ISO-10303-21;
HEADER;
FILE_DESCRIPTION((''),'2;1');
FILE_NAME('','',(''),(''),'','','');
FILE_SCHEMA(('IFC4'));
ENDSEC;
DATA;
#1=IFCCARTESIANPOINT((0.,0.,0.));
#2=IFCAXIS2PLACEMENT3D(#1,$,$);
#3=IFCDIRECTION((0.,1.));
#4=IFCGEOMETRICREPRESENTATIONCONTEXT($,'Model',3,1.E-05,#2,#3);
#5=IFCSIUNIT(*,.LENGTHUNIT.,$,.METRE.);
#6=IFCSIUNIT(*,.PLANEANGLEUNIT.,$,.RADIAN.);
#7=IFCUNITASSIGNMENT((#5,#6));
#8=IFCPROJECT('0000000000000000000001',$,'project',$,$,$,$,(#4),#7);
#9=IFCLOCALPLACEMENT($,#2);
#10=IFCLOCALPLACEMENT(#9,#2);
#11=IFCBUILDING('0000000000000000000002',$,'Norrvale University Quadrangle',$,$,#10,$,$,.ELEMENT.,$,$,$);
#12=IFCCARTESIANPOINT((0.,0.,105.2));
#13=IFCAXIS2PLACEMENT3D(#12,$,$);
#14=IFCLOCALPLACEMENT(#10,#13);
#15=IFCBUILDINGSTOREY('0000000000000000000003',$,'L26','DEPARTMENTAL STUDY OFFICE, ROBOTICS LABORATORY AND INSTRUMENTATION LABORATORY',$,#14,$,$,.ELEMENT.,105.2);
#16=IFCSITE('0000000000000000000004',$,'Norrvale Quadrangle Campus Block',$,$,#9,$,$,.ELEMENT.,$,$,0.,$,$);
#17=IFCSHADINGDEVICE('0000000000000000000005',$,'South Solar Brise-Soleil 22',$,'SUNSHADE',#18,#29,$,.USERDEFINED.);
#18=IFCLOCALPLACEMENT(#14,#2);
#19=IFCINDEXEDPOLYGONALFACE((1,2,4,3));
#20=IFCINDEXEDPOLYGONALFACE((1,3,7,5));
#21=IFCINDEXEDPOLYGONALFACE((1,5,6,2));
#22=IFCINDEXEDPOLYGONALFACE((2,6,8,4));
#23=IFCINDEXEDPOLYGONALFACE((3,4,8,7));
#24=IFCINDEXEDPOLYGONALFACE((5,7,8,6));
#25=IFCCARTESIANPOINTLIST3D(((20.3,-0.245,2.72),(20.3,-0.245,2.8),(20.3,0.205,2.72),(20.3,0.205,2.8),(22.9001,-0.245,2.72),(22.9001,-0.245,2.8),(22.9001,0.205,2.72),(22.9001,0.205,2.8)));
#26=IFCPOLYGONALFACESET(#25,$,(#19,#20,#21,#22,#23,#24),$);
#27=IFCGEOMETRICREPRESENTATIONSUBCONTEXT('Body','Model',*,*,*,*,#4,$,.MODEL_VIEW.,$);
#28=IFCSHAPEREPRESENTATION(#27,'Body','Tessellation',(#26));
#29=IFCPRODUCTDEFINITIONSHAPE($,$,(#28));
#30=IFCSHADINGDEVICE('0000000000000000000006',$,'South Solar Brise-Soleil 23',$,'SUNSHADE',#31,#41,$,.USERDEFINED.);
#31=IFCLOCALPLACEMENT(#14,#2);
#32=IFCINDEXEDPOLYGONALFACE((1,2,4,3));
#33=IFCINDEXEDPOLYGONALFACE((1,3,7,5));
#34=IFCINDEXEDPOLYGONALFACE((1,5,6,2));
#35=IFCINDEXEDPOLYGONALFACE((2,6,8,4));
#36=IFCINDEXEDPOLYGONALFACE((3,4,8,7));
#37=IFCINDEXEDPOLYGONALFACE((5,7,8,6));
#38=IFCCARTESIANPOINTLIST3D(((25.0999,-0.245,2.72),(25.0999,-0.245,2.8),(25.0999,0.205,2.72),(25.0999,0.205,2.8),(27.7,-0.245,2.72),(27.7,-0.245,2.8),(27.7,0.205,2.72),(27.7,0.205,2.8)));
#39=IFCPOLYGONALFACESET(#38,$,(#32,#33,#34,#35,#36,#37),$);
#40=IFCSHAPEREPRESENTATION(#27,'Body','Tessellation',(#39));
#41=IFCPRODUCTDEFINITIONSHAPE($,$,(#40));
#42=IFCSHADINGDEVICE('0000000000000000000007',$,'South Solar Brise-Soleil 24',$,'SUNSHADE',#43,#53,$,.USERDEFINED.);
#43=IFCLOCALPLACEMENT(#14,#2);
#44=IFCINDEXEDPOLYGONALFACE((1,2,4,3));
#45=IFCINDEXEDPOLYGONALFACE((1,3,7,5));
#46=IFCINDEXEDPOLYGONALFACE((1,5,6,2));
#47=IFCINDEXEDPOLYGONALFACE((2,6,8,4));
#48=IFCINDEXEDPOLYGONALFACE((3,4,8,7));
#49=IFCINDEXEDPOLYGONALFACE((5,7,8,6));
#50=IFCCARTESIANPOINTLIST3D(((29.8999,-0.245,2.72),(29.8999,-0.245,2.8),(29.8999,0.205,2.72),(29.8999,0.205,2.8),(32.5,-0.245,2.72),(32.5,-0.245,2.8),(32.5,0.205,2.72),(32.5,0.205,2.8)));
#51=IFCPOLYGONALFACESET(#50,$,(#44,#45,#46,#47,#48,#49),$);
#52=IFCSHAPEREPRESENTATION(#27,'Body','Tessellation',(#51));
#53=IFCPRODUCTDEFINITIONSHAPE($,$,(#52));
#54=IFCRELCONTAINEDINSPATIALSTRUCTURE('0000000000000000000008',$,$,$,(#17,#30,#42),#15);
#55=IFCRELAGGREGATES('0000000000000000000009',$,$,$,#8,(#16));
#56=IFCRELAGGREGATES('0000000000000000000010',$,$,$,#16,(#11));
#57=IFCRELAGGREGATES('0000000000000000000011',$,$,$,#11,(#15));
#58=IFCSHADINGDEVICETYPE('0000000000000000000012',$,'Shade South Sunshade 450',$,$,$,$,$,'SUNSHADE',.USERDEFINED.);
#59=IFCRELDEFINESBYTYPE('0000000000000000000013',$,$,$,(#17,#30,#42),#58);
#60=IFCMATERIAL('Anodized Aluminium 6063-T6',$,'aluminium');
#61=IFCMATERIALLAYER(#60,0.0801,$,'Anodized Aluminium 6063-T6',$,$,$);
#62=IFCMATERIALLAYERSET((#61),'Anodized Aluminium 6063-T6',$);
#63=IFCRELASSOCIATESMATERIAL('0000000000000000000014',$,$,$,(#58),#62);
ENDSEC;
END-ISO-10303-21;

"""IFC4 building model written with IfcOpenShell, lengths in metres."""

from ifc_helpers import new_model, si_unit, direction, frame, origin, origin_2d, place, context, subcontext, project, spatial, rectangle, extrude, material, layer, layer_set, type_object, element, save


model = new_model("IFC4")

# Units and contexts
model_context = context("Model", 3, precision=1e-05, world=origin(), true_north=direction((0.0, 1.0)))
body_context = subcontext(model_context, "Body", "Model", "MODEL_VIEW")
ifc_project = project(units=[si_unit("LENGTHUNIT", "METRE"), si_unit("PLANEANGLEUNIT", "RADIAN")], contexts=[model_context])

# Site, building, storey
site_placement = place(None, origin())
site = spatial("IfcSite", under=ifc_project, at=site_placement, Name="Norrvale Quadrangle Campus Block", CompositionType="ELEMENT", RefElevation=0.0)
building_placement = place(site_placement, origin())
building = spatial("IfcBuilding", under=site, at=building_placement, Name="Norrvale University Quadrangle", CompositionType="ELEMENT")
storey_placement = place(building_placement, frame((0.0, 0.0, 105.2)))
storey = spatial("IfcBuildingStorey", under=building, at=storey_placement, Name="L26", Description="DEPARTMENTAL STUDY OFFICE, ROBOTICS LABORATORY AND INSTRUMENTATION LABORATORY", CompositionType="ELEMENT", Elevation=105.2)

# Shading devices
ifc_material_1 = material(Name="Anodized Aluminium 6063-T6", Category="aluminium")
ifc_layer_1 = layer(ifc_material_1, 0.0801, Name="Anodized Aluminium 6063-T6")
ifc_layer_set_1 = layer_set([ifc_layer_1], Name="Anodized Aluminium 6063-T6")
shading_device_type = type_object("IfcShadingDeviceType", Name="Shade South Sunshade 450", ElementType="SUNSHADE", PredefinedType="USERDEFINED", material=ifc_layer_set_1)
for number, where, z_axis, x_axis, name in (
    (1, (21.6001, -0.02, 2.72), (0.0, 0.0, 1.0), (1.0, 0.0, 0.0), "South Solar Brise-Soleil 22"),
    (2, (26.3999, -0.02, 2.72), (0.0, 0.0, 1.0), (1.0, 0.0, 0.0), "South Solar Brise-Soleil 23"),
    (3, (31.2, -0.02, 2.72), (0.0, 0.0, 1.0), (1.0, 0.0, 0.0), "South Solar Brise-Soleil 24"),
):
    element("IfcShadingDevice", number, at=place(storey_placement, frame(where, z_axis=z_axis, x_axis=x_axis)), inside=storey, type_object=shading_device_type, Name=name, ObjectType="SUNSHADE", PredefinedType="USERDEFINED", context=body_context, shape_type="SweptSolid", body=[
        extrude(rectangle(XDim=2.6001, YDim=0.45, at=origin_2d()), origin(), (0.0, 0.0, 1.0), 0.0801),
    ])

save(model, "model.ifc")
